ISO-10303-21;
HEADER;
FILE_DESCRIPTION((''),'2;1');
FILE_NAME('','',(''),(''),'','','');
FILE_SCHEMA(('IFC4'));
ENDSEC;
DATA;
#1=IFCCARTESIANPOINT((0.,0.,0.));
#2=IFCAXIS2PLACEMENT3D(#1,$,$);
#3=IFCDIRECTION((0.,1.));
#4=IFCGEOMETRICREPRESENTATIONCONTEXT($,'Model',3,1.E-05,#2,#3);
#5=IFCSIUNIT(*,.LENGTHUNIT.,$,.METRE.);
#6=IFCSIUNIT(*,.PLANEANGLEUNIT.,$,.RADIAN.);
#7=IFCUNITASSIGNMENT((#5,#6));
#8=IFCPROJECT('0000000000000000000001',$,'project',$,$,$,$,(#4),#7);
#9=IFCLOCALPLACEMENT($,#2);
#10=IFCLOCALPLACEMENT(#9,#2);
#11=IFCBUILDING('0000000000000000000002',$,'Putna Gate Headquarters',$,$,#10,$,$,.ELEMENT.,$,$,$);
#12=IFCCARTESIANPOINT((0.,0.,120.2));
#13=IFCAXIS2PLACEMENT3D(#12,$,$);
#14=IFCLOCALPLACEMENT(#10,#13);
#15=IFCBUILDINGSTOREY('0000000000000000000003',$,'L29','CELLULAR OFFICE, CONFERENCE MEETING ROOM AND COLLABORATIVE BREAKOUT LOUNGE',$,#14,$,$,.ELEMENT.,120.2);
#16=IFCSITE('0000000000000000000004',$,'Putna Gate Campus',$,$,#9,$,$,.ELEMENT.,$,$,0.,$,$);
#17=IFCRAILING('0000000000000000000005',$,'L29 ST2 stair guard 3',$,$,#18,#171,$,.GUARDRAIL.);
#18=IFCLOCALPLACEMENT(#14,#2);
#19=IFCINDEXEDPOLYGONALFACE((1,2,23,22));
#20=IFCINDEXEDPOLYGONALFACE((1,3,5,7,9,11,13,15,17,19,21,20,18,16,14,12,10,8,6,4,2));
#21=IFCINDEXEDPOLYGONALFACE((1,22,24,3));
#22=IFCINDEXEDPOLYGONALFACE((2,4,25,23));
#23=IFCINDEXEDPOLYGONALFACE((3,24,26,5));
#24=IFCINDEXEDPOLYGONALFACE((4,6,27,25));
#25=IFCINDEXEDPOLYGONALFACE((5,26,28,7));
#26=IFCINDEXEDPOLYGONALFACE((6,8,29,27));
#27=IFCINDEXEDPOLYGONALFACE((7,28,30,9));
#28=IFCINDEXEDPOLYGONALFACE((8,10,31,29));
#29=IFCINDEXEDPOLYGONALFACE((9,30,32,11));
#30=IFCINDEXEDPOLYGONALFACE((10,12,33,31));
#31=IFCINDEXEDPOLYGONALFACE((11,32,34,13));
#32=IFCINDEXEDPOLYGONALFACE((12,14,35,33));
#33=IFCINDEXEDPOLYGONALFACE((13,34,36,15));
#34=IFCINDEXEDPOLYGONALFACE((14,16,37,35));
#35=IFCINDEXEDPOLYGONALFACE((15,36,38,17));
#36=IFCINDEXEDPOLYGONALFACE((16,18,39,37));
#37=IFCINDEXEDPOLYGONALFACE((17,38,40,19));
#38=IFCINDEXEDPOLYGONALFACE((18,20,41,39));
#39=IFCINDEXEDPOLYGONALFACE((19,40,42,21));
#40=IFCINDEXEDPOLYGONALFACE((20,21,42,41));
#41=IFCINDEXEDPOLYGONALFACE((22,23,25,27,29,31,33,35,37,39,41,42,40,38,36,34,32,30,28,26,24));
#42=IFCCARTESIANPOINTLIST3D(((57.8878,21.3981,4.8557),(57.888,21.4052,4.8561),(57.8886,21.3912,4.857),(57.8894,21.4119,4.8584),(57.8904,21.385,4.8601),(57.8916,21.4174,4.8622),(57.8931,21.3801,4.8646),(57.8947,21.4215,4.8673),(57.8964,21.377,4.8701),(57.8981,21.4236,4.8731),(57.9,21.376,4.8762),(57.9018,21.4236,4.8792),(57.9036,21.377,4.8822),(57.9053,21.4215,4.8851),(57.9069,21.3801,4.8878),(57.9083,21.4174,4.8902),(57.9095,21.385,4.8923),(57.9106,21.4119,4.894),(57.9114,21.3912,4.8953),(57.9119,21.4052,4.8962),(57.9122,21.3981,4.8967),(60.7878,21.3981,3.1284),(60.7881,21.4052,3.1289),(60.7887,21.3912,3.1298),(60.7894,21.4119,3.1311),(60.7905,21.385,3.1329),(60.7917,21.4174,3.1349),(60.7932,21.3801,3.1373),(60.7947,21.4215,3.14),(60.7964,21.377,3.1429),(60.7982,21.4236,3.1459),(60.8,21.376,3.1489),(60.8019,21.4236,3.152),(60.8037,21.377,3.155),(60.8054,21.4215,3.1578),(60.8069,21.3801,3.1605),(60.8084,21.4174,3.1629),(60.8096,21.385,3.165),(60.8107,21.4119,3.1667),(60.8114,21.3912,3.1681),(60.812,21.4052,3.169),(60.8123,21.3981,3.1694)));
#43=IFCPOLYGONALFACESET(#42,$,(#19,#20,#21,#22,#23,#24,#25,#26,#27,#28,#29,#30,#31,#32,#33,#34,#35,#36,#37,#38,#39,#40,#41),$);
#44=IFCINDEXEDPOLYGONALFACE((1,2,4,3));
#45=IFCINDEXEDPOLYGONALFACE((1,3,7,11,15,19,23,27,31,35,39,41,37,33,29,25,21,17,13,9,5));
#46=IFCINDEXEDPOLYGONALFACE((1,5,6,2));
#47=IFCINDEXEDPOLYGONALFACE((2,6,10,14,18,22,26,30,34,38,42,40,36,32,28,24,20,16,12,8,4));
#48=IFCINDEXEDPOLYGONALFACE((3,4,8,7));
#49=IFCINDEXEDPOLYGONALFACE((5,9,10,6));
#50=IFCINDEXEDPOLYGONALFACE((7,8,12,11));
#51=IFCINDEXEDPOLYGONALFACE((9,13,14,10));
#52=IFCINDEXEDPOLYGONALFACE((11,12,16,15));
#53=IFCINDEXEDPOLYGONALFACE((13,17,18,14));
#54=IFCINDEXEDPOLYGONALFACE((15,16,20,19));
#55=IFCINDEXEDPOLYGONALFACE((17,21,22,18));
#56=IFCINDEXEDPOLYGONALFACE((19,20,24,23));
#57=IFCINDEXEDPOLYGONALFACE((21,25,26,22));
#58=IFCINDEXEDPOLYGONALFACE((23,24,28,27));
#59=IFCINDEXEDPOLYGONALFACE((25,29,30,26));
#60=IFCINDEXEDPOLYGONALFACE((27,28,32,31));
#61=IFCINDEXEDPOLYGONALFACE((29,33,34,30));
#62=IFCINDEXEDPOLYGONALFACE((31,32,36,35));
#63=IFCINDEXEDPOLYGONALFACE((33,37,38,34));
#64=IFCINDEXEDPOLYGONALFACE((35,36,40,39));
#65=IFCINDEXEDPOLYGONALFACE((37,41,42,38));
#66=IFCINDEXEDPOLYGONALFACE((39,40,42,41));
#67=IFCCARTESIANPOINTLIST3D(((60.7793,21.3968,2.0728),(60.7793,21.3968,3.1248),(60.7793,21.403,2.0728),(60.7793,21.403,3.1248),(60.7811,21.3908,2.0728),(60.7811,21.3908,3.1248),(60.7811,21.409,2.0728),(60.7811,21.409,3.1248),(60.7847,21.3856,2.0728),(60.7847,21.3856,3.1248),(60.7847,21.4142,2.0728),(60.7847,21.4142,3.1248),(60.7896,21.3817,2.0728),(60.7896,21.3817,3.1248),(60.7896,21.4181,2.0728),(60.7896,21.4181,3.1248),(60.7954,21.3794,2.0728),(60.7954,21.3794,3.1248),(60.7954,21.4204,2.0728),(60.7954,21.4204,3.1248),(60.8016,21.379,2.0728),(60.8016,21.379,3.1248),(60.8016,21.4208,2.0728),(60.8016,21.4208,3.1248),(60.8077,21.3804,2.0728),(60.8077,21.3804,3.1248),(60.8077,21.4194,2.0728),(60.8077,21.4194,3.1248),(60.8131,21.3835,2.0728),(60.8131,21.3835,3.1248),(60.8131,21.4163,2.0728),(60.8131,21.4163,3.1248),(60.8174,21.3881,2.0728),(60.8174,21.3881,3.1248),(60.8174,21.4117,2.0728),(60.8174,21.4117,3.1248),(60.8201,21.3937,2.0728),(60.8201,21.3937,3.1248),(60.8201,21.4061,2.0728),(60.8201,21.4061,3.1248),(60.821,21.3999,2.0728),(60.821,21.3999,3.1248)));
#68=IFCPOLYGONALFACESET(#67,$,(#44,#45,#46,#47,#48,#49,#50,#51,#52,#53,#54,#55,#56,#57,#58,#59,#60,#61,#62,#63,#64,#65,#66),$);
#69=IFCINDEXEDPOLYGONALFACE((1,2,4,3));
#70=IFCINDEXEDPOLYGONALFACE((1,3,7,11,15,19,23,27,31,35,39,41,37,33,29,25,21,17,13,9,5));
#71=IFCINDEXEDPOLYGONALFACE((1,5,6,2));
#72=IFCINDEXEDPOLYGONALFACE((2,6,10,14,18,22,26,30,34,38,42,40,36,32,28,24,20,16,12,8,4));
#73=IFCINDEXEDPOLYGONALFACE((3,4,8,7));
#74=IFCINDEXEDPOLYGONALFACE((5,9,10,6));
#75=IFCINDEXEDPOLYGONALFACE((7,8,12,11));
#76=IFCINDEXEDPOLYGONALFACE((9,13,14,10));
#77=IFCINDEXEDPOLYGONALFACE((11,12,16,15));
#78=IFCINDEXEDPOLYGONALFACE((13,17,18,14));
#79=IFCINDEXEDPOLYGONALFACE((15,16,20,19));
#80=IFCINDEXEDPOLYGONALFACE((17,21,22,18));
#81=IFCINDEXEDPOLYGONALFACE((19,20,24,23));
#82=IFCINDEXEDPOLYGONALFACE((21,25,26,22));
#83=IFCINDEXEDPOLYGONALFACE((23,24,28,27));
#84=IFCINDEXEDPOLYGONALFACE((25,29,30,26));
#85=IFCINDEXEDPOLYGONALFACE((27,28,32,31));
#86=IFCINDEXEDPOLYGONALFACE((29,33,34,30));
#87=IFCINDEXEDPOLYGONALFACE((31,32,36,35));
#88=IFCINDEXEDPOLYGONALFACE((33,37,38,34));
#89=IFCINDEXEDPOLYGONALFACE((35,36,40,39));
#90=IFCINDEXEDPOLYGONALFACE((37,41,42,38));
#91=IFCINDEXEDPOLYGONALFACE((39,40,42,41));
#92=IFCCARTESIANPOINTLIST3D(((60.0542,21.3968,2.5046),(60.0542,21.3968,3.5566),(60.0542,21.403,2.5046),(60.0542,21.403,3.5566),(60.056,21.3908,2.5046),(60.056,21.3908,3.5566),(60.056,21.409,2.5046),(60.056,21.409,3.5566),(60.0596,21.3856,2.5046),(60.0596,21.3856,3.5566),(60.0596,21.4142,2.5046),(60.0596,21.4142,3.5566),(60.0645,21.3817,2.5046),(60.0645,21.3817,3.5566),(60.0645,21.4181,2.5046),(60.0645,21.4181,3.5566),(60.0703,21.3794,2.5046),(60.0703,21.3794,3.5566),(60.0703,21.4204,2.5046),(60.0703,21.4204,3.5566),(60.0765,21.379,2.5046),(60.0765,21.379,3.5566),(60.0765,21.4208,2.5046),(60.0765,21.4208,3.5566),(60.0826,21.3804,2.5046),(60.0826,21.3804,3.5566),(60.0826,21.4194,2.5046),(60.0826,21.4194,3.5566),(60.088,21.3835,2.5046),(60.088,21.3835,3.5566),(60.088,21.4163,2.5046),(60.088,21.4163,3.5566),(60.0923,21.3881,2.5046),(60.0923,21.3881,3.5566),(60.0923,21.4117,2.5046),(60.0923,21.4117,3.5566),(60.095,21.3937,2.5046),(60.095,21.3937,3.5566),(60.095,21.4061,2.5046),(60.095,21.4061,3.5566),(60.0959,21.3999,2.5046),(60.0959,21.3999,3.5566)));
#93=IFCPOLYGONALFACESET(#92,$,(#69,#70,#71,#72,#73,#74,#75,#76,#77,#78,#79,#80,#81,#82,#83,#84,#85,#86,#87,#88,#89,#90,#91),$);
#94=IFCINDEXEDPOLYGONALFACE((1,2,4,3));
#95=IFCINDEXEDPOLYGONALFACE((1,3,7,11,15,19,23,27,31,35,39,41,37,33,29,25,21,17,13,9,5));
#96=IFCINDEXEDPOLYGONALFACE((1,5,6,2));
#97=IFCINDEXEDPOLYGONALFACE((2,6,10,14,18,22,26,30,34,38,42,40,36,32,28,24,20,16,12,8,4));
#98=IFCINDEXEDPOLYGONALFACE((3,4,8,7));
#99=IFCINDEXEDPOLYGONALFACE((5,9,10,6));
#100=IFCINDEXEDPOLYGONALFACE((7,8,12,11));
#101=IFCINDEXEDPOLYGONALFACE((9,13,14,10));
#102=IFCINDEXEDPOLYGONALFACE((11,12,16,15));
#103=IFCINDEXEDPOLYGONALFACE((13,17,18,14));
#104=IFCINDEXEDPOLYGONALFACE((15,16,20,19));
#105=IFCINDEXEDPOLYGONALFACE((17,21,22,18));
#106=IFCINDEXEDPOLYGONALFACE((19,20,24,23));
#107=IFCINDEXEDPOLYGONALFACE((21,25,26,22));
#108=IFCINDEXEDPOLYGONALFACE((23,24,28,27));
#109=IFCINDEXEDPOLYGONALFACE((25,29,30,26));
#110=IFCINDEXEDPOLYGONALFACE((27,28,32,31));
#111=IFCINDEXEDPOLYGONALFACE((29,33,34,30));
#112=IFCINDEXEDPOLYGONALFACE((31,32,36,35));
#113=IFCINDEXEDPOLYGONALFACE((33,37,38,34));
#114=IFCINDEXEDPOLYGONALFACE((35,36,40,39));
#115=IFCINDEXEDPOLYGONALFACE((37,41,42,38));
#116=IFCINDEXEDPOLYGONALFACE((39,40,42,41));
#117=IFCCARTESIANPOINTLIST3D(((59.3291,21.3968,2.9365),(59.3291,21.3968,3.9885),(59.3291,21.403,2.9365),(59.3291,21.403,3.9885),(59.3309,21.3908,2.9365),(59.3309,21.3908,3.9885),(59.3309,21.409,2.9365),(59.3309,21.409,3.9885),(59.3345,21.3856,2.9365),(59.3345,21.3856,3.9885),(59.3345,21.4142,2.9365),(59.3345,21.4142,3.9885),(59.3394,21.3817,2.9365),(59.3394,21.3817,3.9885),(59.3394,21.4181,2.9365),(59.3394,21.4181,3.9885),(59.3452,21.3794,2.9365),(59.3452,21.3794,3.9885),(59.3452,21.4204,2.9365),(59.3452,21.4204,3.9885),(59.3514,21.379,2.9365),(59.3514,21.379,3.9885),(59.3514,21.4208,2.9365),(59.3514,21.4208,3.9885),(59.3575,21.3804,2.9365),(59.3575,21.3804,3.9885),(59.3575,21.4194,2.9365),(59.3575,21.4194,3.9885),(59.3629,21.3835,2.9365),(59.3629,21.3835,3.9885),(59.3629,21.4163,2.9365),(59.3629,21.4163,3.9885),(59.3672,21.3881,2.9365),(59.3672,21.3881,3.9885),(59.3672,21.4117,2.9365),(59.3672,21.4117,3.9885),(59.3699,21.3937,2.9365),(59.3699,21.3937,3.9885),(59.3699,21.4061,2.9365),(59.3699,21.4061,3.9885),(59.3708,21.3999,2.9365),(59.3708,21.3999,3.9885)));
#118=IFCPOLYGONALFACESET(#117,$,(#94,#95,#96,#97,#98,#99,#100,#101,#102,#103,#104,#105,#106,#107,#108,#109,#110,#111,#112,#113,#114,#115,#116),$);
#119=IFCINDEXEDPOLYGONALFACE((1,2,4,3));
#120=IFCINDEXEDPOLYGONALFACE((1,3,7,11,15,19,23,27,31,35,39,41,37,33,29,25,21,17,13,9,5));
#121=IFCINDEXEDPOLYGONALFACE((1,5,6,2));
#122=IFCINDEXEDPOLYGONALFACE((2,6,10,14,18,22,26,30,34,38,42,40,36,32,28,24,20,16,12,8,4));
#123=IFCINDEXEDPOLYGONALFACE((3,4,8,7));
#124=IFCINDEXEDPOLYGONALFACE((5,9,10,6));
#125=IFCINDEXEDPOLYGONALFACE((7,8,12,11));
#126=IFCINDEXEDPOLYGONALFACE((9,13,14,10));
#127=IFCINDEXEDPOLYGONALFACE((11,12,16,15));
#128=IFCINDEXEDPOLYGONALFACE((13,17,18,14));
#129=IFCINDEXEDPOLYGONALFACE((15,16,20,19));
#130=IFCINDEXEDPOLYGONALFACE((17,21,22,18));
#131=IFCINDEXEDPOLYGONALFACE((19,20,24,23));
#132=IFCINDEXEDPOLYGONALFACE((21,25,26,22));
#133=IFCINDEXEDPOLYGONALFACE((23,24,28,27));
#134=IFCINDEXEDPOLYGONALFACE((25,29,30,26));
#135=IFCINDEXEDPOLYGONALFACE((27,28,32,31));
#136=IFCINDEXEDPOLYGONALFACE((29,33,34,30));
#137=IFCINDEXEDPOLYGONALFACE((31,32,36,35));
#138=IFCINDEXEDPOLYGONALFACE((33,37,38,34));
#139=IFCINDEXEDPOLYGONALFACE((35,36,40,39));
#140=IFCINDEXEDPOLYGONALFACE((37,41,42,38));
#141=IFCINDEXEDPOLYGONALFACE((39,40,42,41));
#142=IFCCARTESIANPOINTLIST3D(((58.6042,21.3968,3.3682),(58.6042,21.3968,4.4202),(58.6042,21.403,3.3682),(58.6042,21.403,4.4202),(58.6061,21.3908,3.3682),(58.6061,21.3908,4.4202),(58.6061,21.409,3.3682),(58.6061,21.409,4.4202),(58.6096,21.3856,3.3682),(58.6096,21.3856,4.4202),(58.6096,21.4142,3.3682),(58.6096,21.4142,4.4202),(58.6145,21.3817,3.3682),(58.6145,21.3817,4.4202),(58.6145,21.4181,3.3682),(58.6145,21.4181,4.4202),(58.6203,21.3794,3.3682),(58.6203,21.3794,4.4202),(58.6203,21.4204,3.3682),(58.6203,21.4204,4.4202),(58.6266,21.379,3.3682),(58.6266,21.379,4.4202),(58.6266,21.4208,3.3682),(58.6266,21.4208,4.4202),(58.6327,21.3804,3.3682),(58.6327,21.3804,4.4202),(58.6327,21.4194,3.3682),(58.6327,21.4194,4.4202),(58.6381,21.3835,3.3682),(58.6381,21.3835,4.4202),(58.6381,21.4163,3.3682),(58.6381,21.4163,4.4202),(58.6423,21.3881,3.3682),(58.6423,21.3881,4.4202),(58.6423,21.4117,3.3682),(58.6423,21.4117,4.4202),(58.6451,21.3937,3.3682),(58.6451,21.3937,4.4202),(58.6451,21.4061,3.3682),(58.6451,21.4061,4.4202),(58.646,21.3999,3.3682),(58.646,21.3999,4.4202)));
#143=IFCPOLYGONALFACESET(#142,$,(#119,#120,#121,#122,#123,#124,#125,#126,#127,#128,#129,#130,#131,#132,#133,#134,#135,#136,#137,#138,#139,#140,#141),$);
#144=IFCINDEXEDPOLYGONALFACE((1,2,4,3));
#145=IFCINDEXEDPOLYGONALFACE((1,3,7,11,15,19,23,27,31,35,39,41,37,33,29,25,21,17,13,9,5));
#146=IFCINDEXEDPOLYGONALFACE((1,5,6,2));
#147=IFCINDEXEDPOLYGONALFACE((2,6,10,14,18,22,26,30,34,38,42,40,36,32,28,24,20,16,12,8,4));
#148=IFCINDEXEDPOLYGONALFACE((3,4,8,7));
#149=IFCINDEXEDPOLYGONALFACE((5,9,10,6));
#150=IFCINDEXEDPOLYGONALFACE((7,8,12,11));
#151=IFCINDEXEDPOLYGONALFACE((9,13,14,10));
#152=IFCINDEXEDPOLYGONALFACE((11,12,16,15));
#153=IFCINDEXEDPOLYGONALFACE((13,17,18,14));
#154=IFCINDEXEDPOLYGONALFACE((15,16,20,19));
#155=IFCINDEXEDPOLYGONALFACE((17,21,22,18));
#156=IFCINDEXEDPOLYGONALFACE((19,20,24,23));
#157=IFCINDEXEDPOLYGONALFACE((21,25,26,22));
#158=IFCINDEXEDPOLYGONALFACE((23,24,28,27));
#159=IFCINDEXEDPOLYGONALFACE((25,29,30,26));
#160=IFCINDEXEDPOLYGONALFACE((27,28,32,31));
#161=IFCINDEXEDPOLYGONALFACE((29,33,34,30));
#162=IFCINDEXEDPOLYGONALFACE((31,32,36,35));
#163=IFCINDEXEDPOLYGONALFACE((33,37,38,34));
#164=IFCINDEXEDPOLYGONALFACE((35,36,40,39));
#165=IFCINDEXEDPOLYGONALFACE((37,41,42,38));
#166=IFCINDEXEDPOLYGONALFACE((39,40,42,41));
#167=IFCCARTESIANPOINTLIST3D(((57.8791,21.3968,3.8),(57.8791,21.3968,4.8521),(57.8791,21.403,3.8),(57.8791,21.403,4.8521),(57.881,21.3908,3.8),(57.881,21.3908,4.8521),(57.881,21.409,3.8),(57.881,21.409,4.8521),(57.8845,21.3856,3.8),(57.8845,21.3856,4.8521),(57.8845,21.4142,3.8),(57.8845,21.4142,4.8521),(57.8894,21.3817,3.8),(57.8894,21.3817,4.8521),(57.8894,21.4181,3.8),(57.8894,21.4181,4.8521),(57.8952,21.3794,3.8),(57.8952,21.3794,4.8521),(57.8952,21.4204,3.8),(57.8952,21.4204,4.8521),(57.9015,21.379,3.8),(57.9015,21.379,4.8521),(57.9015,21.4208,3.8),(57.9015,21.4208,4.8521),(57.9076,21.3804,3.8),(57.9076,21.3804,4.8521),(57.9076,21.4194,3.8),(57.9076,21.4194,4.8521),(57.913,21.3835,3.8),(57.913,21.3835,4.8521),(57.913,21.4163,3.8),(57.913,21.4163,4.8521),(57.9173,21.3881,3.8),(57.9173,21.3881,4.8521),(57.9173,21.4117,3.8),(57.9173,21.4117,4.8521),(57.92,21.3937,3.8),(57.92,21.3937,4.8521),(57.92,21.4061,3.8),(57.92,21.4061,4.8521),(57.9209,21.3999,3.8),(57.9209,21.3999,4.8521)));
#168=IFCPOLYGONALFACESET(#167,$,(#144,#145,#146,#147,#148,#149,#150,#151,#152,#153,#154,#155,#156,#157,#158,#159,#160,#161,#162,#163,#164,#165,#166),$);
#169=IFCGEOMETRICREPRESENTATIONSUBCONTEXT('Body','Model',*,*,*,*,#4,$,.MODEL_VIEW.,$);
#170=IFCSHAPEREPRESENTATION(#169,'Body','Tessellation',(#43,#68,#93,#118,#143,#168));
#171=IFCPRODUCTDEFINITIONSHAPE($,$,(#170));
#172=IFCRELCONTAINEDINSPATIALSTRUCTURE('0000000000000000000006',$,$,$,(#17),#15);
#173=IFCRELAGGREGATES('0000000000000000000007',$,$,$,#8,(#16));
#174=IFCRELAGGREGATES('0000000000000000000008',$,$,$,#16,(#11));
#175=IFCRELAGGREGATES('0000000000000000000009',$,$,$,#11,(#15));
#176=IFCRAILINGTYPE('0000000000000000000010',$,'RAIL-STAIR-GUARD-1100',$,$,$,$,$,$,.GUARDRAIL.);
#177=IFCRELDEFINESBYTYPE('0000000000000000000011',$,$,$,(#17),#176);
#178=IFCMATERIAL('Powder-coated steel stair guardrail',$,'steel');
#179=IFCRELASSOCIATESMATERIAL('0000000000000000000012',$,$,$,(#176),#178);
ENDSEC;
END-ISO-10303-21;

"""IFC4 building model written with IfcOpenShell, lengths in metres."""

from ifc_helpers import new_model, si_unit, direction, frame, origin, origin_2d, place, context, subcontext, project, spatial, circle, extrude, material, type_object, element, save


model = new_model("IFC4")

# Units and contexts
model_context = context("Model", 3, precision=1e-05, world=origin(), true_north=direction((0.0, 1.0)))
body_context = subcontext(model_context, "Body", "Model", "MODEL_VIEW")
ifc_project = project(units=[si_unit("LENGTHUNIT", "METRE"), si_unit("PLANEANGLEUNIT", "RADIAN")], contexts=[model_context])

# Site, building, storey
site_placement = place(None, origin())
site = spatial("IfcSite", under=ifc_project, at=site_placement, Name="Putna Gate Campus", CompositionType="ELEMENT", RefElevation=0.0)
building_placement = place(site_placement, origin())
building = spatial("IfcBuilding", under=site, at=building_placement, Name="Putna Gate Headquarters", CompositionType="ELEMENT")
storey_placement = place(building_placement, frame((0.0, 0.0, 120.2)))
storey = spatial("IfcBuildingStorey", under=building, at=storey_placement, Name="L29", Description="CELLULAR OFFICE, CONFERENCE MEETING ROOM AND COLLABORATIVE BREAKOUT LOUNGE", CompositionType="ELEMENT", Elevation=120.2)

# Railing
ifc_material_1 = material(Name="Powder-coated steel stair guardrail", Category="steel")
railing_type_1 = type_object("IfcRailingType", Name="RAIL-STAIR-GUARD-1100", PredefinedType="GUARDRAIL", material=ifc_material_1)
railing_1_placement = place(storey_placement, frame((60.8, 21.3999, 2.0728)))
element("IfcRailing", 1, at=railing_1_placement, inside=storey, type_object=railing_type_1, Name="L29 ST2 stair guard 3", PredefinedType="GUARDRAIL", context=body_context, shape_type="SweptSolid", body=[
    extrude(circle(Radius=0.0239, at=origin_2d()), frame((0.0, 0.0, 1.0762), z_axis=(-0.85916, 0.0, 0.511706), x_axis=(0.0, -1.0, 0.0)), (0.0, 0.0, 1.0), 3.3755),
    extrude(circle(Radius=0.021, at=origin_2d()), origin(), (0.0, 0.0, 1.0), 1.052),
    extrude(circle(Radius=0.021, at=origin_2d()), frame((-0.7251, 0.0, 0.4319)), (0.0, 0.0, 1.0), 1.052),
    extrude(circle(Radius=0.021, at=origin_2d()), frame((-1.4502, 0.0, 0.8638)), (0.0, 0.0, 1.0), 1.052),
    extrude(circle(Radius=0.021, at=origin_2d()), frame((-2.175, 0.0, 1.2954)), (0.0, 0.0, 1.0), 1.052),
    extrude(circle(Radius=0.021, at=origin_2d()), frame((-2.9001, 0.0, 1.7273)), (0.0, 0.0, 1.0), 1.052),
])

save(model, "model.ifc")
